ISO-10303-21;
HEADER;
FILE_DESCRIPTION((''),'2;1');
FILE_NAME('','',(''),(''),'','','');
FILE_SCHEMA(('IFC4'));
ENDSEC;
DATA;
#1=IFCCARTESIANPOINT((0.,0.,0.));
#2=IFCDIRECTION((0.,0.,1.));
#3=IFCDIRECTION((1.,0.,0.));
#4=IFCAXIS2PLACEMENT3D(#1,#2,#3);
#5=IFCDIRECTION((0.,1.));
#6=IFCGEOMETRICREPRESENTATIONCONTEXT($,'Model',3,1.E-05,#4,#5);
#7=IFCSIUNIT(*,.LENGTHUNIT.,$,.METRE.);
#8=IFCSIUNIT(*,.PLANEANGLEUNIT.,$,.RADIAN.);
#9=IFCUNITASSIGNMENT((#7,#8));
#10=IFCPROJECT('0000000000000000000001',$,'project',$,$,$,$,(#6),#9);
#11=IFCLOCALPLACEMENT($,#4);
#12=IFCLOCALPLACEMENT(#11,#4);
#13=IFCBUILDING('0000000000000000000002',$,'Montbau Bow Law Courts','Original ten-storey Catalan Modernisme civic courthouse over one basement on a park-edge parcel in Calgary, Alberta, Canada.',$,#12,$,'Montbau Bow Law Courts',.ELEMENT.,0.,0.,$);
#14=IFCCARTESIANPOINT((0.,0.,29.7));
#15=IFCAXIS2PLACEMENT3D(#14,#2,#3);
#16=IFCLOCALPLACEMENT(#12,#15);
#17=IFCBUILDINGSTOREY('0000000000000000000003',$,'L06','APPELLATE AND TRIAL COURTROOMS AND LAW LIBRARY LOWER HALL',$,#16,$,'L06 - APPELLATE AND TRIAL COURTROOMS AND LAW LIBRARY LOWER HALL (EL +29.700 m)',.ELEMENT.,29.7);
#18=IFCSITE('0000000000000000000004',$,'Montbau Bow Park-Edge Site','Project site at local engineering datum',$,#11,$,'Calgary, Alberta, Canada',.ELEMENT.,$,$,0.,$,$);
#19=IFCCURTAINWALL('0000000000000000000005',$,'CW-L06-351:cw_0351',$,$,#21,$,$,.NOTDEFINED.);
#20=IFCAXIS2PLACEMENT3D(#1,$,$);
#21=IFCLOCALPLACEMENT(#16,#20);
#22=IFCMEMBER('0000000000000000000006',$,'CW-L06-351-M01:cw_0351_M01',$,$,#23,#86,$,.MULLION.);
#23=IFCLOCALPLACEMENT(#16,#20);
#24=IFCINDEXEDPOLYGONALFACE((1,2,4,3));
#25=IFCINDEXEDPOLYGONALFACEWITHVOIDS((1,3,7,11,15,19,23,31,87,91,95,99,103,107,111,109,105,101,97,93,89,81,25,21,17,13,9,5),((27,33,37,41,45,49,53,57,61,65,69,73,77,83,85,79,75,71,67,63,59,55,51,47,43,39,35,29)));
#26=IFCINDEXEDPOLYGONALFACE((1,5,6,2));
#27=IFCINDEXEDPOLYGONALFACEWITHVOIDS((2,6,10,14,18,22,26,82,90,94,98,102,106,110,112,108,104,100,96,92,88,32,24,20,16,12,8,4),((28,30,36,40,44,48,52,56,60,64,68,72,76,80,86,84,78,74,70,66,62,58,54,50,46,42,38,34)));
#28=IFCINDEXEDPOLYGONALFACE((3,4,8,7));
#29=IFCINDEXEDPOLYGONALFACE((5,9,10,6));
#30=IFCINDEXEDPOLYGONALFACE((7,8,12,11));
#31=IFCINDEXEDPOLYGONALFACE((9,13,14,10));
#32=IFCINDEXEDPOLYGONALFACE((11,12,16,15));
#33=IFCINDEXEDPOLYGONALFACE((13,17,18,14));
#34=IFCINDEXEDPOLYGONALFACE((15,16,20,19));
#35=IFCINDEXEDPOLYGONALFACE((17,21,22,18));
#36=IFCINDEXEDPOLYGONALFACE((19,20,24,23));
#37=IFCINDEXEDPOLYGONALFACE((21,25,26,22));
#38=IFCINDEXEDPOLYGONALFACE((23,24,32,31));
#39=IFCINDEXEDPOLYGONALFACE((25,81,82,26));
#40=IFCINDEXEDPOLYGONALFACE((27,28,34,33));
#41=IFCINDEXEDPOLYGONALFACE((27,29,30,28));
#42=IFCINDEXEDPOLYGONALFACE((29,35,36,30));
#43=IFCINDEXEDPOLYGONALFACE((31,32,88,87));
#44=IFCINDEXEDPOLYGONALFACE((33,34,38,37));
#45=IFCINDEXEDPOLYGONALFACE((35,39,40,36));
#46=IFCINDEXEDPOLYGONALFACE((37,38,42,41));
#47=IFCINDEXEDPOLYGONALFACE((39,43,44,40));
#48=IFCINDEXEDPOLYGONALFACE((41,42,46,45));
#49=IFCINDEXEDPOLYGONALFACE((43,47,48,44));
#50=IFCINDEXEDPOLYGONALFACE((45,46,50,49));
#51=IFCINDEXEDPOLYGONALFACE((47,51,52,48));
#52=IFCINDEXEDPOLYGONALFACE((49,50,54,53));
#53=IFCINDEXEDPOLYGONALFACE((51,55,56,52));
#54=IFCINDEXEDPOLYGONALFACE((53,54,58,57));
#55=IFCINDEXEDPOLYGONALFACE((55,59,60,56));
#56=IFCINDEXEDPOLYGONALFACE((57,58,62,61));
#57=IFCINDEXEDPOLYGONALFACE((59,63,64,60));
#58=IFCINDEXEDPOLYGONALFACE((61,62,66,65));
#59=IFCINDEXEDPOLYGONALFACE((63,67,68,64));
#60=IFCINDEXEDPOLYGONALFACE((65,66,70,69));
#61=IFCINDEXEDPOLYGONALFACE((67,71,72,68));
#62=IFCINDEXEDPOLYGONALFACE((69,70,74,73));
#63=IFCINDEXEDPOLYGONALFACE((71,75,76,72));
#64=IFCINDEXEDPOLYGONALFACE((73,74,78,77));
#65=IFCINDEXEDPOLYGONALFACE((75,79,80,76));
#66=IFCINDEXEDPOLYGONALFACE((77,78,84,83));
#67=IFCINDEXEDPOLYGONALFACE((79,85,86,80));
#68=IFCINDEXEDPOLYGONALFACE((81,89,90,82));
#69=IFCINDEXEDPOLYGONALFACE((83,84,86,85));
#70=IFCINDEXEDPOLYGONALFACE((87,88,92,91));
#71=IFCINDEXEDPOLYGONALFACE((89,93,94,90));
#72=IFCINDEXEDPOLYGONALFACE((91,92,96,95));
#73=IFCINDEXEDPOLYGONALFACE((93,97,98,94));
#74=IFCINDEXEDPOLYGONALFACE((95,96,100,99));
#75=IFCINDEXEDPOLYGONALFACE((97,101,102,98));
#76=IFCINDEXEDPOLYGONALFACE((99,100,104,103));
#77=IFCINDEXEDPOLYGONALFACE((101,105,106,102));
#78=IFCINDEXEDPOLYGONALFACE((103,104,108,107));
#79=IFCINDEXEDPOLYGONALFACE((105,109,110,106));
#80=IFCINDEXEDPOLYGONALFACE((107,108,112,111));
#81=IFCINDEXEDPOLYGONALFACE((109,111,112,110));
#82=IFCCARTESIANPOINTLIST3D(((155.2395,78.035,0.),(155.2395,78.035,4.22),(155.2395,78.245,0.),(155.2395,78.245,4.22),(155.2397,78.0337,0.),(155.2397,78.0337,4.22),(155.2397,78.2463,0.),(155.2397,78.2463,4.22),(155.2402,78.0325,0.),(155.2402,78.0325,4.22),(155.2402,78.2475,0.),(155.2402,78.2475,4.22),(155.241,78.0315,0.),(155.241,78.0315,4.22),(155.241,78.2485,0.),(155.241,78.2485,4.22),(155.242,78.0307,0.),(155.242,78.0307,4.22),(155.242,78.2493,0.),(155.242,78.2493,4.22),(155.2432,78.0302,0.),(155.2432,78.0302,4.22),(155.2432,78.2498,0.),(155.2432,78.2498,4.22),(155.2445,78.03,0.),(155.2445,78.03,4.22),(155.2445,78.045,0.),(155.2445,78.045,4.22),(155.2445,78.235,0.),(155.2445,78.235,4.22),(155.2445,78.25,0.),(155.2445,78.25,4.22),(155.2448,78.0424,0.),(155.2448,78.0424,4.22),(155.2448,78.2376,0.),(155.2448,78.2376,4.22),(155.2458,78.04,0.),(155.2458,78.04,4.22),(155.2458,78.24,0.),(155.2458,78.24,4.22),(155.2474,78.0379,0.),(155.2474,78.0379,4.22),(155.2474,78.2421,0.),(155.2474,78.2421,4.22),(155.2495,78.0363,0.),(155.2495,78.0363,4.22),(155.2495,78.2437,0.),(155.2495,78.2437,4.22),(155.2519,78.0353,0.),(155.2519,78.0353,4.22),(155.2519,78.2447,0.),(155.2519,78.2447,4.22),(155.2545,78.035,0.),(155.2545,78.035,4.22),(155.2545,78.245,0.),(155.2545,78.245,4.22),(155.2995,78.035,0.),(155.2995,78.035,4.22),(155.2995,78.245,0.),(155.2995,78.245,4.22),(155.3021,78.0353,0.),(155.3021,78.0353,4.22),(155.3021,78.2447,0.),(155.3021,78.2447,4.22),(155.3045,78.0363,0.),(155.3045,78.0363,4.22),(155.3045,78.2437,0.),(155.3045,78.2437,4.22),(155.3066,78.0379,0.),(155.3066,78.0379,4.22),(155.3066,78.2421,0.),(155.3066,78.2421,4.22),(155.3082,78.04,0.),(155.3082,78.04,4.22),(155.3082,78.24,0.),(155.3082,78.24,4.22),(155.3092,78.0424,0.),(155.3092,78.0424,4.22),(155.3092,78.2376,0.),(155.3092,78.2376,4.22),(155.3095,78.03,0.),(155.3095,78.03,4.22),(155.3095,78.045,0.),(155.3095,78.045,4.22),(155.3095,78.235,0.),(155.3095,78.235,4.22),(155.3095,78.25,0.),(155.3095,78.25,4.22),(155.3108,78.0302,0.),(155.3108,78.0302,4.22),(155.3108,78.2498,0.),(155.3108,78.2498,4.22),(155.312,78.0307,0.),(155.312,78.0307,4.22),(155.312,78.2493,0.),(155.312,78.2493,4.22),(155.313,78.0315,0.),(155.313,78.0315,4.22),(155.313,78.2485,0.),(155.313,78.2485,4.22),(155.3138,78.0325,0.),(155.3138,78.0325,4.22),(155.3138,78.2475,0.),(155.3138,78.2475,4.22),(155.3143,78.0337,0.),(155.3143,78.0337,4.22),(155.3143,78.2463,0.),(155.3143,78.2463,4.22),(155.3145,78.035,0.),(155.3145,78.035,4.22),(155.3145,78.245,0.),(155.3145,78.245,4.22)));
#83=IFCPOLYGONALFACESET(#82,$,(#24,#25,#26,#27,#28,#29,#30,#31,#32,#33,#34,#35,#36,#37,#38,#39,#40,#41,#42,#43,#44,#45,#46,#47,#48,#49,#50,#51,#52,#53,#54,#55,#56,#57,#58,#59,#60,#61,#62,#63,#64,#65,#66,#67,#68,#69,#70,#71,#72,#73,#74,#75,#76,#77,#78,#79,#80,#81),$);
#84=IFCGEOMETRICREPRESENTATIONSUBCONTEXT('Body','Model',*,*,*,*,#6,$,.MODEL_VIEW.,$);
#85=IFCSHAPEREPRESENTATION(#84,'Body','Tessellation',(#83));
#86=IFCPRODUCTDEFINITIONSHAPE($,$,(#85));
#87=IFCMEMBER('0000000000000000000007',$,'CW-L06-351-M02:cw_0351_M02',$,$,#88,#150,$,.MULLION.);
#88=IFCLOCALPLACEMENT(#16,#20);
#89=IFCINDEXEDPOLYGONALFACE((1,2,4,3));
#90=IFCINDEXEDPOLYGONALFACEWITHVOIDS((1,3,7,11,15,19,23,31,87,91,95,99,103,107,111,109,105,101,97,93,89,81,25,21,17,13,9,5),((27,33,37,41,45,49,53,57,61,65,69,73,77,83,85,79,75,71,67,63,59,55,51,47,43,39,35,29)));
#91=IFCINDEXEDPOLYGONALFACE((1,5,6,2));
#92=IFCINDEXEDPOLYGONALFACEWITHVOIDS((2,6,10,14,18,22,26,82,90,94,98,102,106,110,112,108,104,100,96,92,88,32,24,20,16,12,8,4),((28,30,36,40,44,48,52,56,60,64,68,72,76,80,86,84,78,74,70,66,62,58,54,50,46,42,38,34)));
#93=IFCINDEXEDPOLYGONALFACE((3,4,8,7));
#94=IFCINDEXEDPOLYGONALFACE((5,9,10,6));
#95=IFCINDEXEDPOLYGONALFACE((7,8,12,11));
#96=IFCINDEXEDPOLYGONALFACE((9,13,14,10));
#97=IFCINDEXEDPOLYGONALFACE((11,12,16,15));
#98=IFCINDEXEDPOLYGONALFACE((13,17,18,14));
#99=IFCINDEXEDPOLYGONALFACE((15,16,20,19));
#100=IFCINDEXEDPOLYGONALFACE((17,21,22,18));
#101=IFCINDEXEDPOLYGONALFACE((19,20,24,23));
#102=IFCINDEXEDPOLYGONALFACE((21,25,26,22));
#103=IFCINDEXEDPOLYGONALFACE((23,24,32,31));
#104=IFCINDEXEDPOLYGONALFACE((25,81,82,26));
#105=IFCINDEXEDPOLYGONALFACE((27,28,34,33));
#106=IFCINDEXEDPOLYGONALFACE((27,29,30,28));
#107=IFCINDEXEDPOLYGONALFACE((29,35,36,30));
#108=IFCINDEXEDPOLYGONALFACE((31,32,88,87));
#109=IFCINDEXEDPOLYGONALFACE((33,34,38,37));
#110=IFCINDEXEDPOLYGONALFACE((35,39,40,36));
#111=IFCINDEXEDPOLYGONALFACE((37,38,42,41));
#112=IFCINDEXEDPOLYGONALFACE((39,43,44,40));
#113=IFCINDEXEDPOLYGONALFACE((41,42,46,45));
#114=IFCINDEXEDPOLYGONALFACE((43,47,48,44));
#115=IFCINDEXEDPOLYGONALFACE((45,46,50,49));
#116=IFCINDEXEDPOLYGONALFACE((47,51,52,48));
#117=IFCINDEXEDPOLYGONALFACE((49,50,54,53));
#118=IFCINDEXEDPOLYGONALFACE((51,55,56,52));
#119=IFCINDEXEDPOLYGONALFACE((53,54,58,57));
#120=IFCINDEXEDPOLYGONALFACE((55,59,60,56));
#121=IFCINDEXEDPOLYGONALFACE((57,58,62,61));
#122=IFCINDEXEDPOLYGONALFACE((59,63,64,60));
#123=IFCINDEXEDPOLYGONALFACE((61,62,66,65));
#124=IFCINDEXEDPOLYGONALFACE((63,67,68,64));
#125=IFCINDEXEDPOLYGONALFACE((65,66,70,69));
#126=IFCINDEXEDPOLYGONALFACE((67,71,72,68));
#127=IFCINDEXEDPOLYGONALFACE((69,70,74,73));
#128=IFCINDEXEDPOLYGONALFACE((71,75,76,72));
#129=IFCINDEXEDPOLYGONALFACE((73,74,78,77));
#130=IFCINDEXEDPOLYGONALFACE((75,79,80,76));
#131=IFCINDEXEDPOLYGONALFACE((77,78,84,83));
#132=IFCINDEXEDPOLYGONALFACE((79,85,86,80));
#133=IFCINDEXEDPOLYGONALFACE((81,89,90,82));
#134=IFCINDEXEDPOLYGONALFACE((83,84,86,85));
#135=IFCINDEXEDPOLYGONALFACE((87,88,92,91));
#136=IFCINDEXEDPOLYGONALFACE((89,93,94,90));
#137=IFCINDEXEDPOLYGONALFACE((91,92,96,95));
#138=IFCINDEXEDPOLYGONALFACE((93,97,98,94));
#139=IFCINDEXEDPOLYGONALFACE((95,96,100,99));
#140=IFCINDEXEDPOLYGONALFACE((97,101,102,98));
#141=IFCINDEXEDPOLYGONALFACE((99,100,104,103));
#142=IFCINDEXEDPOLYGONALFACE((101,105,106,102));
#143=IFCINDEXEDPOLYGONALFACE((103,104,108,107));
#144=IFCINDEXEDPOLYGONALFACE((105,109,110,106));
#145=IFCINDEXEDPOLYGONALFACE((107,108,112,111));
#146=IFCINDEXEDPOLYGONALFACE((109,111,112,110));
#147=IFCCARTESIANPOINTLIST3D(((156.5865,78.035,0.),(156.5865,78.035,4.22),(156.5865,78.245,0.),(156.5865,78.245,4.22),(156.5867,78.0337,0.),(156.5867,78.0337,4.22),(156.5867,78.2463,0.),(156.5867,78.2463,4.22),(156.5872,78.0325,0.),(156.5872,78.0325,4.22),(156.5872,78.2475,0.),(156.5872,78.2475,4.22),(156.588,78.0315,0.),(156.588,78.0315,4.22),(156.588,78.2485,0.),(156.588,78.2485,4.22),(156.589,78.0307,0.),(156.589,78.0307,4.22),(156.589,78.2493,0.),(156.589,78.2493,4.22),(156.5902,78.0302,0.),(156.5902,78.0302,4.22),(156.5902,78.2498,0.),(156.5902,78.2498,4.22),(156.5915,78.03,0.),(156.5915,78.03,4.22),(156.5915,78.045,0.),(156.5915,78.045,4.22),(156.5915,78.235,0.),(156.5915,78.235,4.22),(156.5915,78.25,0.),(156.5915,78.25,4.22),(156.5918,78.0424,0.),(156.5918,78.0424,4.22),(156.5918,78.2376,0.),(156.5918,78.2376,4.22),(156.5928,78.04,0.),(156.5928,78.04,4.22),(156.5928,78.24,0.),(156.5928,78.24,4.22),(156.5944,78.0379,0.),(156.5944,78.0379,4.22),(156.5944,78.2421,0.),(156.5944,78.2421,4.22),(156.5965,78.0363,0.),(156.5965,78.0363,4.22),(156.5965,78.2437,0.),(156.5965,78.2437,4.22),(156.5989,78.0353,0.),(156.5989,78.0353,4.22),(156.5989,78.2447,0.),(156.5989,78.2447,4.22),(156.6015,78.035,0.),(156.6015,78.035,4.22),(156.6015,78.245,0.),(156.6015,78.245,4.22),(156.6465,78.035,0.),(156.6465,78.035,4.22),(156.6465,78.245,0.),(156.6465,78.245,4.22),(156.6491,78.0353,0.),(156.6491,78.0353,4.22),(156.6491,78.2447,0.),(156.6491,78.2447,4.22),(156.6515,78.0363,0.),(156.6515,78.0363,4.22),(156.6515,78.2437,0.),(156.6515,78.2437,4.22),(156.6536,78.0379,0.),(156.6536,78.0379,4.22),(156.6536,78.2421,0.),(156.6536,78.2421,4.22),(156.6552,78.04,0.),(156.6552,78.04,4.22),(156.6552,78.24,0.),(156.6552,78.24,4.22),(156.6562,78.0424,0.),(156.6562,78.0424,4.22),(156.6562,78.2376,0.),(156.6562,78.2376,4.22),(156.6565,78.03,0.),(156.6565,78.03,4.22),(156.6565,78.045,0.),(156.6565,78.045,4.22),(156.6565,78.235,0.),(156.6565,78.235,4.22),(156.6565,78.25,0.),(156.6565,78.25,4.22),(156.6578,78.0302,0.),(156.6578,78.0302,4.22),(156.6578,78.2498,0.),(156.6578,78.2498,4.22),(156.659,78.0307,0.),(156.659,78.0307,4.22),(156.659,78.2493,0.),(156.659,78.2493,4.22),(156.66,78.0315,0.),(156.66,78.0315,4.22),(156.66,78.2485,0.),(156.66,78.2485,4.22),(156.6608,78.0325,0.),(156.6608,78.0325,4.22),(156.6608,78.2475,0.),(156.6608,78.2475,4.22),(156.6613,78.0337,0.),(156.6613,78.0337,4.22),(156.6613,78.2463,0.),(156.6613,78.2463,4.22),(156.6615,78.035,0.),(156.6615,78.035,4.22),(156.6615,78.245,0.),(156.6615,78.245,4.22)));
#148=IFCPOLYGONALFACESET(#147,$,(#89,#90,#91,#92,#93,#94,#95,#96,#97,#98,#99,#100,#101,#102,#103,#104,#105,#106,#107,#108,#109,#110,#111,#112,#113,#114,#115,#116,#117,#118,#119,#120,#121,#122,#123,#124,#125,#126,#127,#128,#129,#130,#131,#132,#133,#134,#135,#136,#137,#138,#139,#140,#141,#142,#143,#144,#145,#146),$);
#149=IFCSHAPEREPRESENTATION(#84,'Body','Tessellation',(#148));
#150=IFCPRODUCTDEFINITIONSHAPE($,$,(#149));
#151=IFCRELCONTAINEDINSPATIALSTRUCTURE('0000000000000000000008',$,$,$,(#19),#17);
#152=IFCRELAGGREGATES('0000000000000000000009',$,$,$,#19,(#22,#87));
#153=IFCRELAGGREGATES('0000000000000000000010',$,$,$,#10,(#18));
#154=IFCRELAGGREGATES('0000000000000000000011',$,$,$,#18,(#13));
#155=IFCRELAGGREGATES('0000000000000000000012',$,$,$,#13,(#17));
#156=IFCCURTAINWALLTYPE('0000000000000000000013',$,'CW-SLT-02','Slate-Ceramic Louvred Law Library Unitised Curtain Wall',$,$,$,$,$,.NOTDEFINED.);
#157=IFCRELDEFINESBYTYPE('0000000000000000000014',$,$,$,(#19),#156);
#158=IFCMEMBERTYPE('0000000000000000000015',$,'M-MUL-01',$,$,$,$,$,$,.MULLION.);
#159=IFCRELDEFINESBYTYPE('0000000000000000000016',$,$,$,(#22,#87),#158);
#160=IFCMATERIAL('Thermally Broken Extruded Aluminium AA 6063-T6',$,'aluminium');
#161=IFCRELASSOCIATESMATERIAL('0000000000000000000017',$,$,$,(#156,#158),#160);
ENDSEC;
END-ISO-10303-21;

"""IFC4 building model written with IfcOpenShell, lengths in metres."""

from ifc_helpers import new_model, si_unit, direction, frame, origin_with_axes, origin_2d_with_axis, place, context, subcontext, project, spatial, hollow_rectangle, extrude, material, material_profile, profile_set, type_object, element, aggregate, save


model = new_model("IFC4")

# Units and contexts
model_context = context("Model", 3, precision=1e-05, world=origin_with_axes(), true_north=direction((0.0, 1.0)))
body_context = subcontext(model_context, "Body", "Model", "MODEL_VIEW")
ifc_project = project(units=[si_unit("LENGTHUNIT", "METRE"), si_unit("PLANEANGLEUNIT", "RADIAN")], contexts=[model_context])

# Site, building, storey
site_placement = place(None, origin_with_axes())
site = spatial("IfcSite", under=ifc_project, at=site_placement, Name="Montbau Bow Park-Edge Site", Description="Project site at local engineering datum", LongName="Calgary, Alberta, Canada", CompositionType="ELEMENT", RefElevation=0.0)
building_placement = place(site_placement, origin_with_axes())
building = spatial("IfcBuilding", under=site, at=building_placement, Name="Montbau Bow Law Courts", Description="Original ten-storey Catalan Modernisme civic courthouse over one basement on a park-edge parcel in Calgary, Alberta, Canada.", LongName="Montbau Bow Law Courts", CompositionType="ELEMENT", ElevationOfRefHeight=0.0, ElevationOfTerrain=0.0)
storey_placement = place(building_placement, frame((0.0, 0.0, 29.7), z_axis=(0.0, 0.0, 1.0), x_axis=(1.0, 0.0, 0.0)))
storey = spatial("IfcBuildingStorey", under=building, at=storey_placement, Name="L06", Description="APPELLATE AND TRIAL COURTROOMS AND LAW LIBRARY LOWER HALL", LongName="L06 - APPELLATE AND TRIAL COURTROOMS AND LAW LIBRARY LOWER HALL (EL +29.700 m)", CompositionType="ELEMENT", Elevation=29.7)

# Curtain wall, members
ifc_material_1 = material(Name="Thermally Broken Extruded Aluminium AA 6063-T6", Category="aluminium")
curtain_wall_type = type_object("IfcCurtainWallType", Name="CW-SLT-02", Description="Slate-Ceramic Louvred Law Library Unitised Curtain Wall", PredefinedType="NOTDEFINED", material=ifc_material_1)
curtain_wall_1_placement = place(None, frame((155.24, 78.14, 29.7), z_axis=(0.0, 0.0, 1.0), x_axis=(1.0, 0.0, 0.0)))
curtain_wall_1 = element("IfcCurtainWall", 1, at=curtain_wall_1_placement, inside=storey, type_object=curtain_wall_type, Name="CW-L06-351:cw_0351", PredefinedType="NOTDEFINED")
ifc_material_profile_1 = material_profile(ifc_material_1, hollow_rectangle(XDim=0.075, YDim=0.22, WallThickness=0.005, InnerFilletRadius=0.01, OuterFilletRadius=0.005, at=origin_2d_with_axis()), Name="CWM-220X75", Category="Main", Priority=0)
ifc_profile_set_1 = profile_set([ifc_material_profile_1], Name="Thermally Broken Extruded Aluminium AA 6063-T6")
member_type_1 = type_object("IfcMemberType", Name="M-MUL-01", PredefinedType="MULLION", material=ifc_profile_set_1)
member_1_placement = place(None, frame((155.277, 78.14, 29.7), z_axis=(0.0, 0.0, 1.0), x_axis=(1.0, 0.0, 0.0)))
member_1 = element("IfcMember", 2, at=member_1_placement, type_object=member_type_1, Name="CW-L06-351-M01:cw_0351_M01", PredefinedType="MULLION", context=body_context, shape_type="SweptSolid", body=[
    extrude(hollow_rectangle(XDim=0.075, YDim=0.22, WallThickness=0.005, InnerFilletRadius=0.01, OuterFilletRadius=0.005, at=origin_2d_with_axis()), origin_with_axes(), (0.0, 0.0, 1.0), 4.22),
])
member_2_placement = place(None, frame((156.624, 78.14, 29.7), z_axis=(0.0, 0.0, 1.0), x_axis=(1.0, 0.0, 0.0)))
member_2 = element("IfcMember", 3, at=member_2_placement, type_object=member_type_1, Name="CW-L06-351-M02:cw_0351_M02", PredefinedType="MULLION", context=body_context, shape_type="SweptSolid", body=[
    extrude(hollow_rectangle(XDim=0.075, YDim=0.22, WallThickness=0.005, InnerFilletRadius=0.01, OuterFilletRadius=0.005, at=origin_2d_with_axis()), origin_with_axes(), (0.0, 0.0, 1.0), 4.22),
])

aggregate(curtain_wall_1, [member_1, member_2])

save(model, "model.ifc")
